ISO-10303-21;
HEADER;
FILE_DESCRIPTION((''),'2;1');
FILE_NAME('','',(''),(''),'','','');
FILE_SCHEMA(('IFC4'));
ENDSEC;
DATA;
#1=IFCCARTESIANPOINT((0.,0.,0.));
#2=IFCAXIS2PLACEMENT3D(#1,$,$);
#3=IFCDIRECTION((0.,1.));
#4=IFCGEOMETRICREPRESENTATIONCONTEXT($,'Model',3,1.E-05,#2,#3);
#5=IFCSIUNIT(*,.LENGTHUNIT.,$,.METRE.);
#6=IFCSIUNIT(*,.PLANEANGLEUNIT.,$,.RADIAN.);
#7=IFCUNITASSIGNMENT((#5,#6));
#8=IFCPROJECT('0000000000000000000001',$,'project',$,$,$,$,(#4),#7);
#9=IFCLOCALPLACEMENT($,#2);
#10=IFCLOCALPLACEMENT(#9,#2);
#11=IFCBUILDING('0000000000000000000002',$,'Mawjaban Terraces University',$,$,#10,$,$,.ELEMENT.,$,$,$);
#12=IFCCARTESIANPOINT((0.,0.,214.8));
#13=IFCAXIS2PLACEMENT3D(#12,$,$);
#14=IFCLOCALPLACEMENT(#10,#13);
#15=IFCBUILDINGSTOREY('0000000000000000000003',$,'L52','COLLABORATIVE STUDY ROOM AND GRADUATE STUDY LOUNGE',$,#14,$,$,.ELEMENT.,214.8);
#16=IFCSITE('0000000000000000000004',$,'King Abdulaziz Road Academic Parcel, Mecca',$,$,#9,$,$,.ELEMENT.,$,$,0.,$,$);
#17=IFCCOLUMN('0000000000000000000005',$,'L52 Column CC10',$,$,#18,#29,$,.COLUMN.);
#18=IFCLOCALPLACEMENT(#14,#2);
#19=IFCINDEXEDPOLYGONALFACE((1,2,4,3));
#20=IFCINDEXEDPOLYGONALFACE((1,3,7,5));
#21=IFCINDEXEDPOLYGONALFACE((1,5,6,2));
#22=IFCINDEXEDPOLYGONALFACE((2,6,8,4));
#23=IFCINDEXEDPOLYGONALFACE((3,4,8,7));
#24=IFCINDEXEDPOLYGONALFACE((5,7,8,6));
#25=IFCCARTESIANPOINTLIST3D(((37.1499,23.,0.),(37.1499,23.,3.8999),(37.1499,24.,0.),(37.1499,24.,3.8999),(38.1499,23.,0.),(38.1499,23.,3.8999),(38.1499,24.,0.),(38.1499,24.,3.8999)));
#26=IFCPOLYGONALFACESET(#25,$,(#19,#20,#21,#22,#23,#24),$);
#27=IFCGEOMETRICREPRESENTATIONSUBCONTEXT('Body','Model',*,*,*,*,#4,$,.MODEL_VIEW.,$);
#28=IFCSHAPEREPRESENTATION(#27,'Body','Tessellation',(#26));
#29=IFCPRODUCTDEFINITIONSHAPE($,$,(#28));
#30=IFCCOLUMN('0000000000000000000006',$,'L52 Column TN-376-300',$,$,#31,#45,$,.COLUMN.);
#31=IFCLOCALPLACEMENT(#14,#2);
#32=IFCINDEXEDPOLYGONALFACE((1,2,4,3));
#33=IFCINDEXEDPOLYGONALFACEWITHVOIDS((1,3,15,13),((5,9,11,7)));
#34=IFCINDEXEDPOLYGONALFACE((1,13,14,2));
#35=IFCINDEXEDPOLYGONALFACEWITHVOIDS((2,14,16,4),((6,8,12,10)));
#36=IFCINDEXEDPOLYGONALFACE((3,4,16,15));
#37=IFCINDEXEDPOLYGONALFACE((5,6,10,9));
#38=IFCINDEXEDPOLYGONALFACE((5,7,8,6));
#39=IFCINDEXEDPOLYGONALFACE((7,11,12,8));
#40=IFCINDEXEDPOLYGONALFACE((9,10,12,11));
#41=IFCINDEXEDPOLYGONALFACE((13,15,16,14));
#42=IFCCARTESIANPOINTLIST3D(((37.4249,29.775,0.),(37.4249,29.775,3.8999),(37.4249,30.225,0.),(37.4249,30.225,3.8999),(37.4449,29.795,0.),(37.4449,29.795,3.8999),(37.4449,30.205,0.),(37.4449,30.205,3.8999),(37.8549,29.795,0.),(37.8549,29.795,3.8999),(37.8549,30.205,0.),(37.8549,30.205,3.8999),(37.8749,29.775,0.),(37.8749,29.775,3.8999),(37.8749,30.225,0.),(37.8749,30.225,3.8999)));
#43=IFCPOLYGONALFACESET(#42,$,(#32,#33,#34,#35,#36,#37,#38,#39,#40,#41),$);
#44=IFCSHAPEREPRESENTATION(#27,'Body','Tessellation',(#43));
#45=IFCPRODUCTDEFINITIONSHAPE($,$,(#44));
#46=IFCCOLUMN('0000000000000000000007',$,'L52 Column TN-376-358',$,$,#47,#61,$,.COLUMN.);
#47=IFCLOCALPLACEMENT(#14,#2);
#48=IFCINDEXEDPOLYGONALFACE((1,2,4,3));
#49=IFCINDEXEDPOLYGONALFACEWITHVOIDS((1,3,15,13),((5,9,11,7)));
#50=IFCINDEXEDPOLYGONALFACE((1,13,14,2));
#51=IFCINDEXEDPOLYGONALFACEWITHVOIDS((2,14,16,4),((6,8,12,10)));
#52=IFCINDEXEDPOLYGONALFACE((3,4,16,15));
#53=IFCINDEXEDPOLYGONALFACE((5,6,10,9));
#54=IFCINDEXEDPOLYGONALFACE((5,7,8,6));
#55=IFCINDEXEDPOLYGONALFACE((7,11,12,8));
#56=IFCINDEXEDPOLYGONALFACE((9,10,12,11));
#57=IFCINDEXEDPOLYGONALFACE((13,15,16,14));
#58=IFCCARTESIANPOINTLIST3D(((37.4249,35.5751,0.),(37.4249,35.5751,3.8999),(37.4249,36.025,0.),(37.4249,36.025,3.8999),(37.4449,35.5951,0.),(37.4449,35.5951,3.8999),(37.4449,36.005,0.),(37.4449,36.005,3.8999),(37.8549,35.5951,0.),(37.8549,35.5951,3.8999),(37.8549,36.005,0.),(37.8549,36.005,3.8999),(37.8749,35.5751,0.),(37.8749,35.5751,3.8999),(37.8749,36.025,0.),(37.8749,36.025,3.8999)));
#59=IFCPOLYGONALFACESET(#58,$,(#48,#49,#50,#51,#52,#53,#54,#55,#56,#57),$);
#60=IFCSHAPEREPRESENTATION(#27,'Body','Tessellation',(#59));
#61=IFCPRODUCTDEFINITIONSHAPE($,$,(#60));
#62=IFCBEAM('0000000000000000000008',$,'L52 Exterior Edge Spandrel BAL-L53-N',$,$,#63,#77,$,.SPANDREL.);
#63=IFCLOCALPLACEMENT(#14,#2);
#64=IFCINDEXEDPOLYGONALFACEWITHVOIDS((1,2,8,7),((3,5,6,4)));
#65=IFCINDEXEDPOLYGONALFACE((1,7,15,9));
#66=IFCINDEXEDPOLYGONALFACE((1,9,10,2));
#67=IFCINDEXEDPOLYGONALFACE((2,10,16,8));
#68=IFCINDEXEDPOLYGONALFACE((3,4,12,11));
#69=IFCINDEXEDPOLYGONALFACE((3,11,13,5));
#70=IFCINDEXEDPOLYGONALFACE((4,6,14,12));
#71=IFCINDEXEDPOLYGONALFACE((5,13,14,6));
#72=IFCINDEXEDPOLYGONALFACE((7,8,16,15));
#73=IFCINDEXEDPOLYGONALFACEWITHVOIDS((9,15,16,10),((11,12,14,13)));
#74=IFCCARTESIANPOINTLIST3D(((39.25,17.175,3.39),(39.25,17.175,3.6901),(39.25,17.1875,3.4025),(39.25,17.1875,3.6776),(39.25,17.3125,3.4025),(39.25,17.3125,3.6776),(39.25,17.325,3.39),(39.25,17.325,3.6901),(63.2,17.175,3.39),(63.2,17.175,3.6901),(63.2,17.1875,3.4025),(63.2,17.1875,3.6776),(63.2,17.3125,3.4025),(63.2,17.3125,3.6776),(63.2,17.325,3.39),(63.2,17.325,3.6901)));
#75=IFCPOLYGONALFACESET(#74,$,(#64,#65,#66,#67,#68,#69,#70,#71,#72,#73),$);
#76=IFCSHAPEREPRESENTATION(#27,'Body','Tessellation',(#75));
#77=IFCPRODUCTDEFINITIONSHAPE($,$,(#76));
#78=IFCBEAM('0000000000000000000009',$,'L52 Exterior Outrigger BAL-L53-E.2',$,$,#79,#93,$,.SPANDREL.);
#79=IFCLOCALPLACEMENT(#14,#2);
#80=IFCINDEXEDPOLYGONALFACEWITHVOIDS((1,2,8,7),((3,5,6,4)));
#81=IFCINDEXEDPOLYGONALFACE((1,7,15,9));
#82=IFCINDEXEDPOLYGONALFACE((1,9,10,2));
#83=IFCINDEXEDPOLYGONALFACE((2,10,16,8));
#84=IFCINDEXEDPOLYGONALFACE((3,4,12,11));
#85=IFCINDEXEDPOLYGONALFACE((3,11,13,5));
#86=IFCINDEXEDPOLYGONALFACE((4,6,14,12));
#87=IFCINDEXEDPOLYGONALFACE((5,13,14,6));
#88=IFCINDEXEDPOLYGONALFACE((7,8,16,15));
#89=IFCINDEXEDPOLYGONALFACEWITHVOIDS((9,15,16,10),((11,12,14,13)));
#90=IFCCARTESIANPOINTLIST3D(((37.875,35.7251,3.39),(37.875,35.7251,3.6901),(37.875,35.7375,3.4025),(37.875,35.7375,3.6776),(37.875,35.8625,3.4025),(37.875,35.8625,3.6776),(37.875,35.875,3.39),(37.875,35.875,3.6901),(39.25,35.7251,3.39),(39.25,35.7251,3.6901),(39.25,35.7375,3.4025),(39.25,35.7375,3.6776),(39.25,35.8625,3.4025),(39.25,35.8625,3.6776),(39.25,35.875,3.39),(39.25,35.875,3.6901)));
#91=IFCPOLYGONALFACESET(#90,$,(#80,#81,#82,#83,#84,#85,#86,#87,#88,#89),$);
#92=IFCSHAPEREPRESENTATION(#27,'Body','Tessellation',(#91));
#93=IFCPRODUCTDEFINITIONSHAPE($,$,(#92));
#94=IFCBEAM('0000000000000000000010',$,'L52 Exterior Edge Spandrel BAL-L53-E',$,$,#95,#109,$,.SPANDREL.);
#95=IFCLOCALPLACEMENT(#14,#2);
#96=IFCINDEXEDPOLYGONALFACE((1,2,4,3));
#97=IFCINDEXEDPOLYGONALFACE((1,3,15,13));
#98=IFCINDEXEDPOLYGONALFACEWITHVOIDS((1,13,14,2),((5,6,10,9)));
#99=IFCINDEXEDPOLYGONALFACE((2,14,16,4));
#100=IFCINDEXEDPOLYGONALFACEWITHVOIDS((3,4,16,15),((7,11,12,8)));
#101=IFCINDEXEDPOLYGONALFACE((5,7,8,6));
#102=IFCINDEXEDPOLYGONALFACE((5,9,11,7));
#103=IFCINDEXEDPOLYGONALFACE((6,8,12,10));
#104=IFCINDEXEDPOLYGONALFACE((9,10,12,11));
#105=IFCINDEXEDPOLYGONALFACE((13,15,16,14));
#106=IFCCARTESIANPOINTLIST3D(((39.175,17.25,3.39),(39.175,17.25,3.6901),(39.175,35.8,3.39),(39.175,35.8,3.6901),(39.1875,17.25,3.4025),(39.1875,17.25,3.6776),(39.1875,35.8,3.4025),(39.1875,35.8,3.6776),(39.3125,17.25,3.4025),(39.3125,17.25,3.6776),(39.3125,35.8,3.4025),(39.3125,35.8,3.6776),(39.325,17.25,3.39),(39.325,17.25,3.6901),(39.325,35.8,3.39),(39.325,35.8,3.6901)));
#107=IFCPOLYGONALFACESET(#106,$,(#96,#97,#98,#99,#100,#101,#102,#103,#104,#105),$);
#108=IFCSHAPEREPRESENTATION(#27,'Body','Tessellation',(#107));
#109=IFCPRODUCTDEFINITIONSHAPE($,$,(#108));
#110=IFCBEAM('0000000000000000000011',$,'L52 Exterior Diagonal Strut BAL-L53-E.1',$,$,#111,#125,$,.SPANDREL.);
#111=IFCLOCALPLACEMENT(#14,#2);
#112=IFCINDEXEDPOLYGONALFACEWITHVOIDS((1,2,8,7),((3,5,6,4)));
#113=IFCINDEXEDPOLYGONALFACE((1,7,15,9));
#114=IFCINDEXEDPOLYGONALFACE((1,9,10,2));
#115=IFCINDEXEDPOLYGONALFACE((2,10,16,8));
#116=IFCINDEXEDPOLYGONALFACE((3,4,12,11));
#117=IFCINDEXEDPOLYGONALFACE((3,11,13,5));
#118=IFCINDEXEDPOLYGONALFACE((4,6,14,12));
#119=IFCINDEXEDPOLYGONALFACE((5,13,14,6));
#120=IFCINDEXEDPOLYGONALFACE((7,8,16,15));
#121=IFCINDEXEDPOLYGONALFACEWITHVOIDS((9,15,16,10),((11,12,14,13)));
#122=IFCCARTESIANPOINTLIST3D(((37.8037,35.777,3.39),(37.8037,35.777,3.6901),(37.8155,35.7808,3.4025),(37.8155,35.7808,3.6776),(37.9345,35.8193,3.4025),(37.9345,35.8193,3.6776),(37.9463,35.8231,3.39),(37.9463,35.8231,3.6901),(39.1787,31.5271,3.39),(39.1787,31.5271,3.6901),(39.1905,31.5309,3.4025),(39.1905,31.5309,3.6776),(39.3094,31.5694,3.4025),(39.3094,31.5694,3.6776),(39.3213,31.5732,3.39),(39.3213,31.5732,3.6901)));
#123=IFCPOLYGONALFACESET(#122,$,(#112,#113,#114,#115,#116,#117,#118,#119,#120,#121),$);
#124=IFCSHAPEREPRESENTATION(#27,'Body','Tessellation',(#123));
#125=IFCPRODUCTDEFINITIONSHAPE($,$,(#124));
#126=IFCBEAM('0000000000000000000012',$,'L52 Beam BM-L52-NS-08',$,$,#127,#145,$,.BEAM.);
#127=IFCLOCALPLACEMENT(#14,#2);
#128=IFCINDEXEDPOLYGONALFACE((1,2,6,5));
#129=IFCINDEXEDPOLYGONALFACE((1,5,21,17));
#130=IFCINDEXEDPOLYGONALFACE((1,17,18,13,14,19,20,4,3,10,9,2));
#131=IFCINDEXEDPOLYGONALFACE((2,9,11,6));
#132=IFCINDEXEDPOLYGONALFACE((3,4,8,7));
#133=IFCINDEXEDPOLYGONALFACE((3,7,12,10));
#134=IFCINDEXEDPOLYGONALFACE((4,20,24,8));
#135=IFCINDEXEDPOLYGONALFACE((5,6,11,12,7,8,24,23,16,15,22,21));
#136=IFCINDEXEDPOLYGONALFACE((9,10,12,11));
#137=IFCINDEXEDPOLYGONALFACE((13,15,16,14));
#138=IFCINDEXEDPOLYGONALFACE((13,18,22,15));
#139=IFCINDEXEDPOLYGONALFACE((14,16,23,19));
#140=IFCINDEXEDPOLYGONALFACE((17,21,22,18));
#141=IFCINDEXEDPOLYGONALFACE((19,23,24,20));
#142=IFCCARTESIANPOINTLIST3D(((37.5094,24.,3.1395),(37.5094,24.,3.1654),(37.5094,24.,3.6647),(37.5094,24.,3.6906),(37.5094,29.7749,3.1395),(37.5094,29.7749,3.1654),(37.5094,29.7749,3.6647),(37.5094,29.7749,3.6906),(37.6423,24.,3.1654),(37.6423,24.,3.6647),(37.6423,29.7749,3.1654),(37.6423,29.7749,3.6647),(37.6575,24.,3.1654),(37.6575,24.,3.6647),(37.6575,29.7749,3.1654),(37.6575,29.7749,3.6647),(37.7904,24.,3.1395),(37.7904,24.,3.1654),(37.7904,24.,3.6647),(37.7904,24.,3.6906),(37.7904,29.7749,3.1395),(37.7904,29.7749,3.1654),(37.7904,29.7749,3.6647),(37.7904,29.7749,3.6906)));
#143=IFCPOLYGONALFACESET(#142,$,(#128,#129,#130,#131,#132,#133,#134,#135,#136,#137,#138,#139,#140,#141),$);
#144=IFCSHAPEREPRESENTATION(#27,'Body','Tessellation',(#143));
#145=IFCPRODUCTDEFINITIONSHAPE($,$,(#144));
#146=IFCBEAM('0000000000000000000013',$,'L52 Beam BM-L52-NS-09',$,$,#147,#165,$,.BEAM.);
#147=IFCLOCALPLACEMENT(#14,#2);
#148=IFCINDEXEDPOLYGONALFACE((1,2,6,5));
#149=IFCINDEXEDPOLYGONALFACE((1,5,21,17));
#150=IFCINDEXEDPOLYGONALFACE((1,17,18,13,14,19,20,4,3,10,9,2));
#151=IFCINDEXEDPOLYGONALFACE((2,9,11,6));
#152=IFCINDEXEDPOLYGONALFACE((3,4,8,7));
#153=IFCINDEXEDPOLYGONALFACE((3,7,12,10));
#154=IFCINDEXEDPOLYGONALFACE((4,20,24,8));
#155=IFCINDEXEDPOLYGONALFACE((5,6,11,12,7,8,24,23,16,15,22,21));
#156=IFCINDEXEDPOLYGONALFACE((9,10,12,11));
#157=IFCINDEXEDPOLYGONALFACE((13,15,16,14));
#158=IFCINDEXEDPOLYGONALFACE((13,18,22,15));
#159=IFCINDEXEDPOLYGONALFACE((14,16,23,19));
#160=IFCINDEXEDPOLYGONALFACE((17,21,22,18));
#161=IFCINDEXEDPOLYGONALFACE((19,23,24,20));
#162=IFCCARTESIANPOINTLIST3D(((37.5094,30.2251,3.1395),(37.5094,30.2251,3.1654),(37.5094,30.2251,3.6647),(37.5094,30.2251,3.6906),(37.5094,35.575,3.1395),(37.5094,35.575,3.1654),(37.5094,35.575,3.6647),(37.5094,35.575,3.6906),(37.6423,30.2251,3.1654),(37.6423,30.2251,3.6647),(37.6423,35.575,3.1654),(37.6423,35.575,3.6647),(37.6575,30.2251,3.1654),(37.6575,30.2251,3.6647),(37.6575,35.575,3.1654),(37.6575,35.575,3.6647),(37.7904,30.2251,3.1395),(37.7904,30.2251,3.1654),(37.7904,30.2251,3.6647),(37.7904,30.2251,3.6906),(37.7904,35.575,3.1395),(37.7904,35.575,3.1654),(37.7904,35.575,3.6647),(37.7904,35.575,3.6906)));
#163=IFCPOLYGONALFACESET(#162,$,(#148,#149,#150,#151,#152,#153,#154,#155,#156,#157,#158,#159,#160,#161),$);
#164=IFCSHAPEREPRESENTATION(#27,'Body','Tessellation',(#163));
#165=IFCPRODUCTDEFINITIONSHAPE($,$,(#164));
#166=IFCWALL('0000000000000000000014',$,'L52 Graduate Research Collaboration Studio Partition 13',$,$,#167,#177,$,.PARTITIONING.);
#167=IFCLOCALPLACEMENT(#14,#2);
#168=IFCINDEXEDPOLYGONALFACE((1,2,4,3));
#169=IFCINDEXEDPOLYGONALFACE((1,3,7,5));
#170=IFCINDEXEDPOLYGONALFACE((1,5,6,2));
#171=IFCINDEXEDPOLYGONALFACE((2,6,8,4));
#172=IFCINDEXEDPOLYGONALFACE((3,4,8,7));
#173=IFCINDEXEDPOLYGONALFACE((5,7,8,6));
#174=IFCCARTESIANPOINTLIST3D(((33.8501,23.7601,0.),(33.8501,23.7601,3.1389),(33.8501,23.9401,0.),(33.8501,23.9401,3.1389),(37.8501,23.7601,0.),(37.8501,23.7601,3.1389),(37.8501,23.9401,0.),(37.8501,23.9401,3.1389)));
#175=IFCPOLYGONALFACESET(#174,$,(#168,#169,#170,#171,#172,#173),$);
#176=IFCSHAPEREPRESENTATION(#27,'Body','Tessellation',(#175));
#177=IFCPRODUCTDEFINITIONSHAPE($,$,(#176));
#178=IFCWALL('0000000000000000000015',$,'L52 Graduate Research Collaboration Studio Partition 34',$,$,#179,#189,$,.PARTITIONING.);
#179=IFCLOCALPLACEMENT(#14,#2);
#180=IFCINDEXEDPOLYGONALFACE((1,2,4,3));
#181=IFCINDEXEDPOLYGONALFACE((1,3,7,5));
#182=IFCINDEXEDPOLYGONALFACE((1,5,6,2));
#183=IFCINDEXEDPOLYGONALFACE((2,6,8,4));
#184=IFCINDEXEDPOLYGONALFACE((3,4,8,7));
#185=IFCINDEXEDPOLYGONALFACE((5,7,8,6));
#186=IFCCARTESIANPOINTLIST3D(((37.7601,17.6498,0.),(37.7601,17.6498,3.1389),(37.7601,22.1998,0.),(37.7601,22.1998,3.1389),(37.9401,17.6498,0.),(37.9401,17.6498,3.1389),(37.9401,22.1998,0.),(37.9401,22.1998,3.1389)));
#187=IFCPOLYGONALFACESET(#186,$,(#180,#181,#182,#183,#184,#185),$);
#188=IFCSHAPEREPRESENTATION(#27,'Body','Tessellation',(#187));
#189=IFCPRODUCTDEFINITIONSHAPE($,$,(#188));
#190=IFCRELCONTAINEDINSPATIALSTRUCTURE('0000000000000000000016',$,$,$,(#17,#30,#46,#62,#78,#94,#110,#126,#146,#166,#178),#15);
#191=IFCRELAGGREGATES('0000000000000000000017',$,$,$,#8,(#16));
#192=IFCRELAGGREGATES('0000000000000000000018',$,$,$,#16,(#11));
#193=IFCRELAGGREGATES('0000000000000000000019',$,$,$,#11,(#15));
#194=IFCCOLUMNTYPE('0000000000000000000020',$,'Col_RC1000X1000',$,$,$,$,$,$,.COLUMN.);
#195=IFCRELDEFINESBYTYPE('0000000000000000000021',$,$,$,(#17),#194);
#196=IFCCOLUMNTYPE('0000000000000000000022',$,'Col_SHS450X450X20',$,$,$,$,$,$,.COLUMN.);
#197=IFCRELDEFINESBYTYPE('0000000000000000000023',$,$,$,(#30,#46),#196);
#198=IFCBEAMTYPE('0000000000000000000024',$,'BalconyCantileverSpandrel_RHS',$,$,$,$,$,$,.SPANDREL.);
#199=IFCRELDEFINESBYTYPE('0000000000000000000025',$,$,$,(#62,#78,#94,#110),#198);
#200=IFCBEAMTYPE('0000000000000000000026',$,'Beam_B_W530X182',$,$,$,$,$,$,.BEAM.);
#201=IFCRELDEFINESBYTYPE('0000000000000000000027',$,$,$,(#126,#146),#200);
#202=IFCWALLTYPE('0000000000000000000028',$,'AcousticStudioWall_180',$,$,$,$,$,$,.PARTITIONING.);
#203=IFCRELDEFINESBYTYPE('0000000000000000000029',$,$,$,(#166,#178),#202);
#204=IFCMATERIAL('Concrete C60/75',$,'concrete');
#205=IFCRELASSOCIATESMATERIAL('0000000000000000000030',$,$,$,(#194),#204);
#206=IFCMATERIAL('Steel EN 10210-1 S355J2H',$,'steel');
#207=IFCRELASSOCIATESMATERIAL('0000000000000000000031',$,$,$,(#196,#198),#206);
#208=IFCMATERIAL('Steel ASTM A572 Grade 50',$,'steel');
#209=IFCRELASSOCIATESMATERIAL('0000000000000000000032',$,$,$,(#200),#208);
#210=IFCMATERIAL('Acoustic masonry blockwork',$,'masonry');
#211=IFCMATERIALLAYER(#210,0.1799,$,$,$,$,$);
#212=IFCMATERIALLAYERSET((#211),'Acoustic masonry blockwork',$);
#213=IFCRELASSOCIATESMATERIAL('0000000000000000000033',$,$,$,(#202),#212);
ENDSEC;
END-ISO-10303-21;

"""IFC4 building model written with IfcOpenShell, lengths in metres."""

from ifc_helpers import new_model, si_unit, direction, frame, frame_2d, origin, origin_2d, place, context, subcontext, project, spatial, rectangle, hollow_rectangle, i_section, extrude, material, layer, layer_set, material_profile, profile_set, type_object, element, save


model = new_model("IFC4")

# Units and contexts
model_context = context("Model", 3, precision=1e-05, world=origin(), true_north=direction((0.0, 1.0)))
body_context = subcontext(model_context, "Body", "Model", "MODEL_VIEW")
ifc_project = project(units=[si_unit("LENGTHUNIT", "METRE"), si_unit("PLANEANGLEUNIT", "RADIAN")], contexts=[model_context])

# Site, building, storey
site_placement = place(None, origin())
site = spatial("IfcSite", under=ifc_project, at=site_placement, Name="King Abdulaziz Road Academic Parcel, Mecca", CompositionType="ELEMENT", RefElevation=0.0)
building_placement = place(site_placement, origin())
building = spatial("IfcBuilding", under=site, at=building_placement, Name="Mawjaban Terraces University", CompositionType="ELEMENT")
storey_placement = place(building_placement, frame((0.0, 0.0, 214.8)))
storey = spatial("IfcBuildingStorey", under=building, at=storey_placement, Name="L52", Description="COLLABORATIVE STUDY ROOM AND GRADUATE STUDY LOUNGE", CompositionType="ELEMENT", Elevation=214.8)

# Columns
ifc_material_1 = material(Name="Concrete C60/75", Category="concrete")
ifc_material_profile_1 = material_profile(ifc_material_1, rectangle(XDim=1.0, YDim=1.0, at=origin_2d()), Name="RC1000X1000")
ifc_profile_set_1 = profile_set([ifc_material_profile_1], Name="Concrete C60/75")
column_type_1 = type_object("IfcColumnType", Name="Col_RC1000X1000", PredefinedType="COLUMN", material=ifc_profile_set_1)
column_placement = place(storey_placement, frame((37.6499, 23.5, 0.0), z_axis=(0.0, 0.0, 1.0), x_axis=(1.0, 0.0, 0.0)))
element("IfcColumn", 1, at=column_placement, inside=storey, type_object=column_type_1, Name="L52 Column CC10", PredefinedType="COLUMN", context=body_context, shape_type="SweptSolid", body=[
    extrude(rectangle(XDim=1.0, YDim=1.0, at=origin_2d()), origin(), (0.0, 0.0, 1.0), 3.8999),
])
ifc_material_2 = material(Name="Steel EN 10210-1 S355J2H", Category="steel")
ifc_material_profile_2 = material_profile(ifc_material_2, hollow_rectangle(XDim=0.45, YDim=0.45, WallThickness=0.02, at=origin_2d()), Name="SHS450X450X20")
ifc_profile_set_2 = profile_set([ifc_material_profile_2], Name="Steel EN 10210-1 S355J2H")
column_type_2 = type_object("IfcColumnType", Name="Col_SHS450X450X20", PredefinedType="COLUMN", material=ifc_profile_set_2)
for number, where, z_axis, x_axis, name in (
    (2, (37.6499, 30.0, 0.0), (0.0, 0.0, 1.0), (1.0, 0.0, 0.0), "L52 Column TN-376-300"),
    (3, (37.6499, 35.8, 0.0), (0.0, 0.0, 1.0), (1.0, 0.0, 0.0), "L52 Column TN-376-358"),
):
    element("IfcColumn", number, at=place(storey_placement, frame(where, z_axis=z_axis, x_axis=x_axis)), inside=storey, type_object=column_type_2, Name=name, PredefinedType="COLUMN", context=body_context, shape_type="SweptSolid", body=[
        extrude(hollow_rectangle(XDim=0.45, YDim=0.45, WallThickness=0.02, at=origin_2d()), origin(), (0.0, 0.0, 1.0), 3.8999),
    ])

# Beams
ifc_material_profile_3 = material_profile(ifc_material_2, hollow_rectangle(XDim=0.1499, YDim=0.3, WallThickness=0.0125, at=origin_2d()), Name="RHS300X150X12.5")
ifc_profile_set_3 = profile_set([ifc_material_profile_3], Name="Steel EN 10210-1 S355J2H")
beam_type_1 = type_object("IfcBeamType", Name="BalconyCantileverSpandrel_RHS", PredefinedType="SPANDREL", material=ifc_profile_set_3)
beam_1_placement = place(storey_placement, frame((39.25, 17.25, 3.54), z_axis=(1.0, 0.0, 0.0), x_axis=(0.0, 1.0, 0.0)))
element("IfcBeam", 4, at=beam_1_placement, inside=storey, type_object=beam_type_1, Name="L52 Exterior Edge Spandrel BAL-L53-N", PredefinedType="SPANDREL", context=body_context, shape_type="SweptSolid", body=[
    extrude(hollow_rectangle(XDim=0.1499, YDim=0.3, WallThickness=0.0125, at=origin_2d()), origin(), (0.0, 0.0, 1.0), 23.95),
])
beam_2_placement = place(storey_placement, frame((37.875, 35.8, 3.54), z_axis=(1.0, 0.0, 0.0), x_axis=(0.0, 1.0, 0.0)))
element("IfcBeam", 5, at=beam_2_placement, inside=storey, type_object=beam_type_1, Name="L52 Exterior Outrigger BAL-L53-E.2", PredefinedType="SPANDREL", context=body_context, shape_type="SweptSolid", body=[
    extrude(hollow_rectangle(XDim=0.1499, YDim=0.3, WallThickness=0.0125, at=origin_2d()), origin(), (0.0, 0.0, 1.0), 1.375),
])
beam_3_placement = place(storey_placement, frame((39.25, 17.25, 3.54), z_axis=(0.0, 1.0, 0.0), x_axis=(-1.0, 0.0, 0.0)))
element("IfcBeam", 6, at=beam_3_placement, inside=storey, type_object=beam_type_1, Name="L52 Exterior Edge Spandrel BAL-L53-E", PredefinedType="SPANDREL", context=body_context, shape_type="SweptSolid", body=[
    extrude(hollow_rectangle(XDim=0.1499, YDim=0.3, WallThickness=0.0125, at=origin_2d()), origin(), (0.0, 0.0, 1.0), 18.55),
])
beam_4_placement = place(storey_placement, frame((37.875, 35.8, 3.54), z_axis=(0.30782, -0.951445, 0.0), x_axis=(0.951445, 0.30782, 0.0)))
element("IfcBeam", 7, at=beam_4_placement, inside=storey, type_object=beam_type_1, Name="L52 Exterior Diagonal Strut BAL-L53-E.1", PredefinedType="SPANDREL", context=body_context, shape_type="SweptSolid", body=[
    extrude(hollow_rectangle(XDim=0.1499, YDim=0.3, WallThickness=0.0125, at=origin_2d()), origin(), (0.0, 0.0, 1.0), 4.4668),
])
ifc_material_3 = material(Name="Steel ASTM A572 Grade 50", Category="steel")
ifc_material_profile_4 = material_profile(ifc_material_3, i_section(OverallWidth=0.281, OverallDepth=0.551, WebThickness=0.0151, FlangeThickness=0.0259, at=origin_2d()), Name="W530X182")
ifc_profile_set_4 = profile_set([ifc_material_profile_4], Name="Steel ASTM A572 Grade 50")
beam_type_2 = type_object("IfcBeamType", Name="Beam_B_W530X182", PredefinedType="BEAM", material=ifc_profile_set_4)
beam_5_placement = place(storey_placement, frame((37.6499, 24.0, 3.415), z_axis=(0.0, 1.0, 0.0), x_axis=(-1.0, 0.0, 0.0)))
element("IfcBeam", 8, at=beam_5_placement, inside=storey, type_object=beam_type_2, Name="L52 Beam BM-L52-NS-08", PredefinedType="BEAM", context=body_context, shape_type="SweptSolid", body=[
    extrude(i_section(OverallWidth=0.281, OverallDepth=0.551, WebThickness=0.0151, FlangeThickness=0.0259, at=origin_2d()), origin(), (0.0, 0.0, 1.0), 5.7749),
])
beam_6_placement = place(storey_placement, frame((37.6499, 30.2251, 3.415), z_axis=(0.0, 1.0, 0.0), x_axis=(-1.0, 0.0, 0.0)))
element("IfcBeam", 9, at=beam_6_placement, inside=storey, type_object=beam_type_2, Name="L52 Beam BM-L52-NS-09", PredefinedType="BEAM", context=body_context, shape_type="SweptSolid", body=[
    extrude(i_section(OverallWidth=0.281, OverallDepth=0.551, WebThickness=0.0151, FlangeThickness=0.0259, at=origin_2d()), origin(), (0.0, 0.0, 1.0), 5.3499),
])

# Walls
ifc_material_4 = material(Name="Acoustic masonry blockwork", Category="masonry")
ifc_layer_1 = layer(ifc_material_4, 0.1799)
ifc_layer_set_1 = layer_set([ifc_layer_1], Name="Acoustic masonry blockwork")
wall_type_1 = type_object("IfcWallType", Name="AcousticStudioWall_180", PredefinedType="PARTITIONING", material=ifc_layer_set_1)
wall_1_placement = place(storey_placement, frame((37.8501, 23.8501, 0.0), z_axis=(0.0, 0.0, 1.0), x_axis=(-1.0, 0.0, 0.0)))
element("IfcWall", 10, at=wall_1_placement, inside=storey, type_object=wall_type_1, Name="L52 Graduate Research Collaboration Studio Partition 13", PredefinedType="PARTITIONING", context=body_context, shape_type="SweptSolid", body=[
    extrude(rectangle(XDim=4.0, YDim=0.1799, at=frame_2d((2.0, 0.0))), origin(), (0.0, 0.0, 1.0), 3.1389),
])
wall_2_placement = place(storey_placement, frame((37.8501, 17.6499, 0.0), z_axis=(0.0, 0.0, 1.0), x_axis=(0.0, 1.0, 0.0)))
element("IfcWall", 11, at=wall_2_placement, inside=storey, type_object=wall_type_1, Name="L52 Graduate Research Collaboration Studio Partition 34", PredefinedType="PARTITIONING", context=body_context, shape_type="SweptSolid", body=[
    extrude(rectangle(XDim=4.55, YDim=0.1799, at=frame_2d((2.2749, 0.0))), origin(), (0.0, 0.0, 1.0), 3.1389),
])

save(model, "model.ifc")
